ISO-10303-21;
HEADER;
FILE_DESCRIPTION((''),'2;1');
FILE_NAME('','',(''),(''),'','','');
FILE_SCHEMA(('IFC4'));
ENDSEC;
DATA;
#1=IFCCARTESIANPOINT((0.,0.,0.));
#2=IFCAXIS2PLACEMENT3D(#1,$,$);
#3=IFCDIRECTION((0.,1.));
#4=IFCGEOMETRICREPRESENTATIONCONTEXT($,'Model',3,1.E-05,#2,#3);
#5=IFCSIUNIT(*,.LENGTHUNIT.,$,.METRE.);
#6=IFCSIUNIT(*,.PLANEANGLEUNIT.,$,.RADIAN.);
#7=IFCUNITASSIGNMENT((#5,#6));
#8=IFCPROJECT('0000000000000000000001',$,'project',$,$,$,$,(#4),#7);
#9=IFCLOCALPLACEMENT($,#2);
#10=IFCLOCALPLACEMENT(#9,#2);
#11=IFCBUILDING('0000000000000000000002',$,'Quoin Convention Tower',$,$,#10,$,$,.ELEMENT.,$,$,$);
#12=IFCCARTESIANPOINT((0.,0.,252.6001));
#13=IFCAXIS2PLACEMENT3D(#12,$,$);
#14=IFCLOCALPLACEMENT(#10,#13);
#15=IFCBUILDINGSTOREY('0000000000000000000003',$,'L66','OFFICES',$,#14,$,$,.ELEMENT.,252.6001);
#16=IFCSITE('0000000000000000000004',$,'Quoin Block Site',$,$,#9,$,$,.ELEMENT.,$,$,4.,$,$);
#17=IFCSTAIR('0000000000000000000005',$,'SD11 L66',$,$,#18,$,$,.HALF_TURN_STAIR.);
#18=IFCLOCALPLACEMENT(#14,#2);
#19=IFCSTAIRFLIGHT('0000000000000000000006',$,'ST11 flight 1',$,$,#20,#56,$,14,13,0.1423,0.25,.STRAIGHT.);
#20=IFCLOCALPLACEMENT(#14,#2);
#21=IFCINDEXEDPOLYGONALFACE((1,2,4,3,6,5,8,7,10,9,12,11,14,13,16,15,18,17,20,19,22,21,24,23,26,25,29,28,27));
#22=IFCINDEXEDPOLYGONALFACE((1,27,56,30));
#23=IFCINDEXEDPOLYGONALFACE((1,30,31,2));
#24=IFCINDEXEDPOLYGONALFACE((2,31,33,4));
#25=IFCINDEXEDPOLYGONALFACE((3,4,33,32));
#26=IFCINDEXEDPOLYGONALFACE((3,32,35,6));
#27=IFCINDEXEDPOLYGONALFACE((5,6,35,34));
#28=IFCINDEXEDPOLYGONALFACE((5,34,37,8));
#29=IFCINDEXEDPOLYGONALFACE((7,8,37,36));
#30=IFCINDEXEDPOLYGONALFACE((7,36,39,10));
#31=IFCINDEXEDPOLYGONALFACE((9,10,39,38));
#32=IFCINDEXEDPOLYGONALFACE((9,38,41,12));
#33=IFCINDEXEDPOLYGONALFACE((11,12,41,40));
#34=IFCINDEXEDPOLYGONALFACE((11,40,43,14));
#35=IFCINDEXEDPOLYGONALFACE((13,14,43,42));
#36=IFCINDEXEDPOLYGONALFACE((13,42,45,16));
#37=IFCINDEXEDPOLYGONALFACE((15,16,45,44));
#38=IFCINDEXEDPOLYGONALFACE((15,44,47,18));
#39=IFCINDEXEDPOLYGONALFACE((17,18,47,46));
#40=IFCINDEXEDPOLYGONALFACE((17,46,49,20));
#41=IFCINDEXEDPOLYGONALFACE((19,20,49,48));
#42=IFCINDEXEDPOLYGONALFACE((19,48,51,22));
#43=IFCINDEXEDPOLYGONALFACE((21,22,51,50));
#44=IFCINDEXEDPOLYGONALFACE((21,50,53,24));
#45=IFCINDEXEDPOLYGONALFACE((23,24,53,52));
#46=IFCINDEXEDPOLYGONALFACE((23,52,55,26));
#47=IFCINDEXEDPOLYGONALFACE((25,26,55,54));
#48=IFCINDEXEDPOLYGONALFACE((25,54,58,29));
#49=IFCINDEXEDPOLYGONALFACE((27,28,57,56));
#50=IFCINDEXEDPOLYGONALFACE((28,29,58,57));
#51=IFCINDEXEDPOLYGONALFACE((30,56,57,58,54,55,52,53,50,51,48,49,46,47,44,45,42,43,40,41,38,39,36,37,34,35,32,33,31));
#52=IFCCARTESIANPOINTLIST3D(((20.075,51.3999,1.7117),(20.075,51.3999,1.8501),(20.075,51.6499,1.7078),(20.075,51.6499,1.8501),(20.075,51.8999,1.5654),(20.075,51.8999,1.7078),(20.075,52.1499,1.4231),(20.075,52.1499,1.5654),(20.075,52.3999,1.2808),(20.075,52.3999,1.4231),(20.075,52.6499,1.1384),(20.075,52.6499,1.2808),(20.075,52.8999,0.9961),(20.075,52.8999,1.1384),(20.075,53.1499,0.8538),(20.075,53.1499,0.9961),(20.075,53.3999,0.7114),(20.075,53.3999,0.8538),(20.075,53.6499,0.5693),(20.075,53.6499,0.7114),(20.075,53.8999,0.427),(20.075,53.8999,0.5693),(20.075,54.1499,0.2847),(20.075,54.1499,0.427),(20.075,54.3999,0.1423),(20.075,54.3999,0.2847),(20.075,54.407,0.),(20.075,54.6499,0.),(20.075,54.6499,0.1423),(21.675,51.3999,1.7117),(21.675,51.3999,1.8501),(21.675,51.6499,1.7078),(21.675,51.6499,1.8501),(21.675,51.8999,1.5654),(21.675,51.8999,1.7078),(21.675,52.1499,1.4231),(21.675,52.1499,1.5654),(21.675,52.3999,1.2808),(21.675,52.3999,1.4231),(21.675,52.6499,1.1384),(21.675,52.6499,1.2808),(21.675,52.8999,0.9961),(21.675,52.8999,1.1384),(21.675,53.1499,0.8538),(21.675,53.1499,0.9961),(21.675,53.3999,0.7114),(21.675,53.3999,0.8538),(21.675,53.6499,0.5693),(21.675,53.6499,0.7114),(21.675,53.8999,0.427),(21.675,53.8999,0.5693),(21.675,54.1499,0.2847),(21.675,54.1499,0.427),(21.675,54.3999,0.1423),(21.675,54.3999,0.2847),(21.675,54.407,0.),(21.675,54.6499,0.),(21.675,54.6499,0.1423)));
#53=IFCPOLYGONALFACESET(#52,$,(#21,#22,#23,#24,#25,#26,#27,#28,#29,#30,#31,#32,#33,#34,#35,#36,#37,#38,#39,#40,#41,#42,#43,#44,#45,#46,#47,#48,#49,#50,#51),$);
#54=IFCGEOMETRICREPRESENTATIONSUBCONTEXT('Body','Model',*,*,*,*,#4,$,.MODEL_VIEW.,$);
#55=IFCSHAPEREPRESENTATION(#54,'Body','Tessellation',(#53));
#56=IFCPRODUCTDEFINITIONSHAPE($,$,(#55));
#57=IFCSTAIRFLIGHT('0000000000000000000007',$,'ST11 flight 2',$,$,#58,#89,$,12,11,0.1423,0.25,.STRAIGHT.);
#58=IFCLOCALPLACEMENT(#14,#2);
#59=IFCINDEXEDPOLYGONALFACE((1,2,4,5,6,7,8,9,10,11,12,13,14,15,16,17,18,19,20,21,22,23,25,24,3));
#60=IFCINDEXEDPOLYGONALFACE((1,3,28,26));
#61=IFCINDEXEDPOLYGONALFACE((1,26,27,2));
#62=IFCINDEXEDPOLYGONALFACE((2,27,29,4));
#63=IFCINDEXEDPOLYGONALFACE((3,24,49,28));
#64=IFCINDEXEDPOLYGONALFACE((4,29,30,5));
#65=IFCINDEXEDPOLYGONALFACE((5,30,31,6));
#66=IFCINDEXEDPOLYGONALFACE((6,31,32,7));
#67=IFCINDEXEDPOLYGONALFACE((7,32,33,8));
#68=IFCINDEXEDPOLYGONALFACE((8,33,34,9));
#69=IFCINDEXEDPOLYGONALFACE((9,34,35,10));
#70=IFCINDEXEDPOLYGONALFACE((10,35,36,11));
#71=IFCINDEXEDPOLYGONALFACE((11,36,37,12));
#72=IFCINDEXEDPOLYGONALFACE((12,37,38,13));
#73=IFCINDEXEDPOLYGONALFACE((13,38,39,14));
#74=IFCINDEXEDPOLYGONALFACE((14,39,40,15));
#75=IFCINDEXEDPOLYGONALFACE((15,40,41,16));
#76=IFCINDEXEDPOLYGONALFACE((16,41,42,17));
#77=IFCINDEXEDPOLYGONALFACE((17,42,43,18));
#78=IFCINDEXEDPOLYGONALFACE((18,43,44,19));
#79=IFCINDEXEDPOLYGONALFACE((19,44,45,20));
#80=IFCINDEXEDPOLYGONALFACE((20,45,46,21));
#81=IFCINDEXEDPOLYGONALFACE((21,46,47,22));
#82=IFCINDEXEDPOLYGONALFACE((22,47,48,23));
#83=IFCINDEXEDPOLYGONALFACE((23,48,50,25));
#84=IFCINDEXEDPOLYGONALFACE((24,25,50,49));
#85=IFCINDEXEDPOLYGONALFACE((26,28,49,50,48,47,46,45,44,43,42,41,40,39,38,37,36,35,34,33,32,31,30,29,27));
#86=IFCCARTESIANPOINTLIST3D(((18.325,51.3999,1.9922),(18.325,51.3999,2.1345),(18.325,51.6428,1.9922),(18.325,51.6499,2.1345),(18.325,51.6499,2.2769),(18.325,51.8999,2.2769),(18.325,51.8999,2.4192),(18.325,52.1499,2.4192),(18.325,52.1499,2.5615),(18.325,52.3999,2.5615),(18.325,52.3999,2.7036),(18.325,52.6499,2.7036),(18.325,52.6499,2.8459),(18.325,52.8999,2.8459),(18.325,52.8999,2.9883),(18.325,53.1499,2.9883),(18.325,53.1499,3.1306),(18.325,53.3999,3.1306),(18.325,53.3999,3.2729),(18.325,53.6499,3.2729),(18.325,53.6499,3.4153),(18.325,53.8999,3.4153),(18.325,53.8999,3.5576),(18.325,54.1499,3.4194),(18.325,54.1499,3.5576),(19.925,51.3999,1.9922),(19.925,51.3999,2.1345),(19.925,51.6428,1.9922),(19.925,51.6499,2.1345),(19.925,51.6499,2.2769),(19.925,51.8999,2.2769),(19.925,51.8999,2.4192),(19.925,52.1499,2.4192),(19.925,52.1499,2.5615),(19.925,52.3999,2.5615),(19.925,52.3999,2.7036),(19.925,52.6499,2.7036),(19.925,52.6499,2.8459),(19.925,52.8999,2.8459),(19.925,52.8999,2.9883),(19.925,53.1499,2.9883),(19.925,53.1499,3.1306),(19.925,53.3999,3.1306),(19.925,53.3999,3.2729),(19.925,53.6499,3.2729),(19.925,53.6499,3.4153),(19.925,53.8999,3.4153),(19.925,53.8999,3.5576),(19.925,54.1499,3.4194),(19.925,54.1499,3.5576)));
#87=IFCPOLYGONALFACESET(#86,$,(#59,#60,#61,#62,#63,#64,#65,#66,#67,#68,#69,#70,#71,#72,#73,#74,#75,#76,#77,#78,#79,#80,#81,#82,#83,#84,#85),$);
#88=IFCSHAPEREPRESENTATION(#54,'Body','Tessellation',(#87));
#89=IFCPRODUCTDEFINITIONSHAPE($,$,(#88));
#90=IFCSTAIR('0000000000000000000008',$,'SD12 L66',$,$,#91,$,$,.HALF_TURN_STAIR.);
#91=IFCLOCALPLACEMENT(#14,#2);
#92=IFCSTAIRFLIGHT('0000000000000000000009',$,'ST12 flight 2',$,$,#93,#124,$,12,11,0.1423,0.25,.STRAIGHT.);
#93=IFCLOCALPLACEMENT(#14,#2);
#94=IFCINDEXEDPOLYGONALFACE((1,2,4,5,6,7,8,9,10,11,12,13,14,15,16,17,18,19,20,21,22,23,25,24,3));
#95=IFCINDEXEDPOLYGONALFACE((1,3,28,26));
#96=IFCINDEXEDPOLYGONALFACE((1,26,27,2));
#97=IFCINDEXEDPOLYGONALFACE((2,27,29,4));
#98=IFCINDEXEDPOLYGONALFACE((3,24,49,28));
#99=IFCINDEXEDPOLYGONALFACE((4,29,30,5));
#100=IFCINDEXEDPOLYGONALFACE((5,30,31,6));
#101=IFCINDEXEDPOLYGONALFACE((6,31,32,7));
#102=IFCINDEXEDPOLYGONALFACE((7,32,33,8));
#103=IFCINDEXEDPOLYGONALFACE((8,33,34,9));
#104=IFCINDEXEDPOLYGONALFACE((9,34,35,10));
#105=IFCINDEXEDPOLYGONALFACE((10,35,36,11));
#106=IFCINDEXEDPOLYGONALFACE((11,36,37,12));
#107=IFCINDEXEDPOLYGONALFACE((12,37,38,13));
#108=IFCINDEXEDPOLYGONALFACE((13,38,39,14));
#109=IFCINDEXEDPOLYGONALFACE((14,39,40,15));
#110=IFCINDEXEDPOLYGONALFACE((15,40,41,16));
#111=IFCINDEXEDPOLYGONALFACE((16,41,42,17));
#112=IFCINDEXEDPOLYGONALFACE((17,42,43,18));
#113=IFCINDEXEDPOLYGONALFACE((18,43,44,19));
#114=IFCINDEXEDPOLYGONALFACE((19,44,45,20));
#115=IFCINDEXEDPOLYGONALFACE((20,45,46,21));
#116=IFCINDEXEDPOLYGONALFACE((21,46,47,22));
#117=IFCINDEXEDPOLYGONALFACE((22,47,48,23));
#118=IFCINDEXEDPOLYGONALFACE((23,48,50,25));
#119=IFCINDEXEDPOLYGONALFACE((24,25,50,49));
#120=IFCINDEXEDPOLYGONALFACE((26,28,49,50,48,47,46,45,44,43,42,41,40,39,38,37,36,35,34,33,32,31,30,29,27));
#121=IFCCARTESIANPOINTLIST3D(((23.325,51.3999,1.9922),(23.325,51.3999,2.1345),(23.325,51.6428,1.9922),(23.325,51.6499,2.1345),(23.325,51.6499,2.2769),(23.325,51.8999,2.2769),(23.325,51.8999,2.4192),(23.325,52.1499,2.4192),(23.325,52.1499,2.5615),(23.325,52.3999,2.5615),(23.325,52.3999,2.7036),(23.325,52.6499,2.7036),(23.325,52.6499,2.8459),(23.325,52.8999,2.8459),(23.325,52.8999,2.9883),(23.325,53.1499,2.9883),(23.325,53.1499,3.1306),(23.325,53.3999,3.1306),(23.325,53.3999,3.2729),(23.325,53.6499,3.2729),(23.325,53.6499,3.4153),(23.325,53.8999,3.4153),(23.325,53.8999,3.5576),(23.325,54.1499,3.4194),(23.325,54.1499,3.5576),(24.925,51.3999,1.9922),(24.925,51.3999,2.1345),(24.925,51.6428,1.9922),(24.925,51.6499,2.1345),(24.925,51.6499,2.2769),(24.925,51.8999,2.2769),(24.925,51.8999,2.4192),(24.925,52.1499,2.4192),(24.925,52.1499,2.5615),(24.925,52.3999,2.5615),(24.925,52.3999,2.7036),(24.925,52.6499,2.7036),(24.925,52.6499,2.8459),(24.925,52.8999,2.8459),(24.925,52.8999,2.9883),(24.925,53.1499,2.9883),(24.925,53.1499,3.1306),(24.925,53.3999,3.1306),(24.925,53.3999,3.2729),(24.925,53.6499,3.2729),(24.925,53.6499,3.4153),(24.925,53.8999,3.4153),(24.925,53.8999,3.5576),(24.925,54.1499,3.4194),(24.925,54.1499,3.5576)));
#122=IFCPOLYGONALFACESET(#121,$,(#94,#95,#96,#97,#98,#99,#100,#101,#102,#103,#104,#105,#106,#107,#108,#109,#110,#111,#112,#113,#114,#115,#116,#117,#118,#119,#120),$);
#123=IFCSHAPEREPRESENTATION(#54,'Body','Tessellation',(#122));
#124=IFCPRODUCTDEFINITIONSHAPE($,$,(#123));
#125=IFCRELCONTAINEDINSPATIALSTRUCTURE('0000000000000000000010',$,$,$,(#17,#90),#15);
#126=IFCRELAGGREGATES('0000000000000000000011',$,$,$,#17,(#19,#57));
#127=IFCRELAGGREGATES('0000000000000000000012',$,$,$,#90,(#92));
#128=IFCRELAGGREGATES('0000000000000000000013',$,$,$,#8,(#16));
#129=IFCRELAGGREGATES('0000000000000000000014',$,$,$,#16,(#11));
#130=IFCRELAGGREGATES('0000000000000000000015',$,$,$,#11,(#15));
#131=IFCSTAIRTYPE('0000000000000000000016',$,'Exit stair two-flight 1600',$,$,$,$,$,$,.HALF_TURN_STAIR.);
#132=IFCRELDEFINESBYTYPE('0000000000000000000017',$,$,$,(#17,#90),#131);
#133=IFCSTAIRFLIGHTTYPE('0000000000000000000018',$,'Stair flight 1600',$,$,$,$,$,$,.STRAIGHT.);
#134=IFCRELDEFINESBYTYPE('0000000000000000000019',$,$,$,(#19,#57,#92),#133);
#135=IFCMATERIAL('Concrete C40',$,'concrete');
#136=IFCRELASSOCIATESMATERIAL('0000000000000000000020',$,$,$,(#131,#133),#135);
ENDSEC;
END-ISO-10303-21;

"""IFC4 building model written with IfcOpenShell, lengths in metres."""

from ifc_helpers import new_model, si_unit, direction, frame, origin, place, context, subcontext, project, spatial, polyline, outline, extrude, material, type_object, element, aggregate, save


model = new_model("IFC4")

# Units and contexts
model_context = context("Model", 3, precision=1e-05, world=origin(), true_north=direction((0.0, 1.0)))
body_context = subcontext(model_context, "Body", "Model", "MODEL_VIEW")
ifc_project = project(units=[si_unit("LENGTHUNIT", "METRE"), si_unit("PLANEANGLEUNIT", "RADIAN")], contexts=[model_context])

# Site, building, storey
site_placement = place(None, origin())
site = spatial("IfcSite", under=ifc_project, at=site_placement, Name="Quoin Block Site", CompositionType="ELEMENT", RefElevation=4.0)
building_placement = place(site_placement, origin())
building = spatial("IfcBuilding", under=site, at=building_placement, Name="Quoin Convention Tower", CompositionType="ELEMENT")
storey_placement = place(building_placement, frame((0.0, 0.0, 252.6001)))
storey = spatial("IfcBuildingStorey", under=building, at=storey_placement, Name="L66", Description="OFFICES", CompositionType="ELEMENT", Elevation=252.6001)

# Stair, stair flights
ifc_material_1 = material(Name="Concrete C40", Category="concrete")
stair_type = type_object("IfcStairType", Name="Exit stair two-flight 1600", PredefinedType="HALF_TURN_STAIR", material=ifc_material_1)
stair_1_placement = place(storey_placement, origin())
stair_1 = element("IfcStair", 1, at=stair_1_placement, inside=storey, type_object=stair_type, Name="SD11 L66", PredefinedType="HALF_TURN_STAIR")
stair_flight_type = type_object("IfcStairFlightType", Name="Stair flight 1600", PredefinedType="STRAIGHT", material=ifc_material_1)
stair_flight_1_placement = place(storey_placement, frame((20.875, 54.6499, 0.0), z_axis=(0.0, 0.0, 1.0), x_axis=(0.0, -1.0, 0.0)))
stair_flight_1 = element("IfcStairFlight", 2, at=stair_flight_1_placement, type_object=stair_flight_type, Name="ST11 flight 1", NumberOfRisers=14, NumberOfTreads=13, PredefinedType="STRAIGHT", RiserHeight=0.1423, TreadLength=0.25, context=body_context, shape_type="SweptSolid", body=[
    extrude(outline(polyline([(0.0, 0.0), (0.0, 0.1423), (0.25, 0.1423), (0.25, 0.2847), (0.5, 0.2847), (0.5, 0.427), (0.75, 0.427), (0.75, 0.5693), (1.0, 0.5693), (1.0, 0.7114), (1.25, 0.7114), (1.25, 0.8538), (1.5, 0.8538), (1.5, 0.9961), (1.75, 0.9961), (1.75, 1.1384), (2.0, 1.1384), (2.0, 1.2808), (2.25, 1.2808), (2.25, 1.4231), (2.5, 1.4231), (2.5, 1.5654), (2.75, 1.5654), (2.75, 1.7078), (3.0, 1.7078), (3.0, 1.8501), (3.25, 1.8501), (3.25, 1.9922), (3.25, 1.7117), (0.2429, 0.0), (0.0, 0.0)])), frame((0.0, 0.8, 0.0), z_axis=(0.0, -1.0, 0.0), x_axis=(1.0, 0.0, 0.0)), (0.0, 0.0, 1.0), 1.6001),
])
stair_flight_2_placement = place(storey_placement, frame((19.125, 51.3999, 1.9922), z_axis=(0.0, 0.0, 1.0), x_axis=(0.0, 1.0, 0.0)))
stair_flight_2 = element("IfcStairFlight", 3, at=stair_flight_2_placement, type_object=stair_flight_type, Name="ST11 flight 2", NumberOfRisers=12, NumberOfTreads=11, PredefinedType="STRAIGHT", RiserHeight=0.1423, TreadLength=0.25, context=body_context, shape_type="SweptSolid", body=[
    extrude(outline(polyline([(0.0, 0.0), (0.0, 0.1423), (0.25, 0.1423), (0.25, 0.2847), (0.5, 0.2847), (0.5, 0.427), (0.75, 0.427), (0.75, 0.5693), (1.0, 0.5693), (1.0, 0.7114), (1.25, 0.7114), (1.25, 0.8538), (1.5, 0.8538), (1.5, 0.9961), (1.75, 0.9961), (1.75, 1.1384), (2.0, 1.1384), (2.0, 1.2808), (2.25, 1.2808), (2.25, 1.4231), (2.5, 1.4231), (2.5, 1.5654), (2.75, 1.5654), (2.75, 1.7078), (2.75, 1.4272), (0.2429, 0.0), (0.0, 0.0)])), frame((0.0, 0.8, 0.0), z_axis=(0.0, -1.0, 0.0), x_axis=(1.0, 0.0, 0.0)), (0.0, 0.0, 1.0), 1.6001),
])
aggregate(stair_1, [stair_flight_1, stair_flight_2])

# Stair, stair flight
stair_2_placement = place(storey_placement, origin())
stair_2 = element("IfcStair", 4, at=stair_2_placement, inside=storey, type_object=stair_type, Name="SD12 L66", PredefinedType="HALF_TURN_STAIR")
stair_flight_3_placement = place(storey_placement, frame((24.125, 51.3999, 1.9922), z_axis=(0.0, 0.0, 1.0), x_axis=(0.0, 1.0, 0.0)))
stair_flight_3 = element("IfcStairFlight", 5, at=stair_flight_3_placement, type_object=stair_flight_type, Name="ST12 flight 2", NumberOfRisers=12, NumberOfTreads=11, PredefinedType="STRAIGHT", RiserHeight=0.1423, TreadLength=0.25, context=body_context, shape_type="SweptSolid", body=[
    extrude(outline(polyline([(0.0, 0.0), (0.0, 0.1423), (0.25, 0.1423), (0.25, 0.2847), (0.5, 0.2847), (0.5, 0.427), (0.75, 0.427), (0.75, 0.5693), (1.0, 0.5693), (1.0, 0.7114), (1.25, 0.7114), (1.25, 0.8538), (1.5, 0.8538), (1.5, 0.9961), (1.75, 0.9961), (1.75, 1.1384), (2.0, 1.1384), (2.0, 1.2808), (2.25, 1.2808), (2.25, 1.4231), (2.5, 1.4231), (2.5, 1.5654), (2.75, 1.5654), (2.75, 1.7078), (2.75, 1.4272), (0.2429, 0.0), (0.0, 0.0)])), frame((0.0, 0.8, 0.0), z_axis=(0.0, -1.0, 0.0), x_axis=(1.0, 0.0, 0.0)), (0.0, 0.0, 1.0), 1.6001),
])
aggregate(stair_2, [stair_flight_3])

save(model, "model.ifc")
